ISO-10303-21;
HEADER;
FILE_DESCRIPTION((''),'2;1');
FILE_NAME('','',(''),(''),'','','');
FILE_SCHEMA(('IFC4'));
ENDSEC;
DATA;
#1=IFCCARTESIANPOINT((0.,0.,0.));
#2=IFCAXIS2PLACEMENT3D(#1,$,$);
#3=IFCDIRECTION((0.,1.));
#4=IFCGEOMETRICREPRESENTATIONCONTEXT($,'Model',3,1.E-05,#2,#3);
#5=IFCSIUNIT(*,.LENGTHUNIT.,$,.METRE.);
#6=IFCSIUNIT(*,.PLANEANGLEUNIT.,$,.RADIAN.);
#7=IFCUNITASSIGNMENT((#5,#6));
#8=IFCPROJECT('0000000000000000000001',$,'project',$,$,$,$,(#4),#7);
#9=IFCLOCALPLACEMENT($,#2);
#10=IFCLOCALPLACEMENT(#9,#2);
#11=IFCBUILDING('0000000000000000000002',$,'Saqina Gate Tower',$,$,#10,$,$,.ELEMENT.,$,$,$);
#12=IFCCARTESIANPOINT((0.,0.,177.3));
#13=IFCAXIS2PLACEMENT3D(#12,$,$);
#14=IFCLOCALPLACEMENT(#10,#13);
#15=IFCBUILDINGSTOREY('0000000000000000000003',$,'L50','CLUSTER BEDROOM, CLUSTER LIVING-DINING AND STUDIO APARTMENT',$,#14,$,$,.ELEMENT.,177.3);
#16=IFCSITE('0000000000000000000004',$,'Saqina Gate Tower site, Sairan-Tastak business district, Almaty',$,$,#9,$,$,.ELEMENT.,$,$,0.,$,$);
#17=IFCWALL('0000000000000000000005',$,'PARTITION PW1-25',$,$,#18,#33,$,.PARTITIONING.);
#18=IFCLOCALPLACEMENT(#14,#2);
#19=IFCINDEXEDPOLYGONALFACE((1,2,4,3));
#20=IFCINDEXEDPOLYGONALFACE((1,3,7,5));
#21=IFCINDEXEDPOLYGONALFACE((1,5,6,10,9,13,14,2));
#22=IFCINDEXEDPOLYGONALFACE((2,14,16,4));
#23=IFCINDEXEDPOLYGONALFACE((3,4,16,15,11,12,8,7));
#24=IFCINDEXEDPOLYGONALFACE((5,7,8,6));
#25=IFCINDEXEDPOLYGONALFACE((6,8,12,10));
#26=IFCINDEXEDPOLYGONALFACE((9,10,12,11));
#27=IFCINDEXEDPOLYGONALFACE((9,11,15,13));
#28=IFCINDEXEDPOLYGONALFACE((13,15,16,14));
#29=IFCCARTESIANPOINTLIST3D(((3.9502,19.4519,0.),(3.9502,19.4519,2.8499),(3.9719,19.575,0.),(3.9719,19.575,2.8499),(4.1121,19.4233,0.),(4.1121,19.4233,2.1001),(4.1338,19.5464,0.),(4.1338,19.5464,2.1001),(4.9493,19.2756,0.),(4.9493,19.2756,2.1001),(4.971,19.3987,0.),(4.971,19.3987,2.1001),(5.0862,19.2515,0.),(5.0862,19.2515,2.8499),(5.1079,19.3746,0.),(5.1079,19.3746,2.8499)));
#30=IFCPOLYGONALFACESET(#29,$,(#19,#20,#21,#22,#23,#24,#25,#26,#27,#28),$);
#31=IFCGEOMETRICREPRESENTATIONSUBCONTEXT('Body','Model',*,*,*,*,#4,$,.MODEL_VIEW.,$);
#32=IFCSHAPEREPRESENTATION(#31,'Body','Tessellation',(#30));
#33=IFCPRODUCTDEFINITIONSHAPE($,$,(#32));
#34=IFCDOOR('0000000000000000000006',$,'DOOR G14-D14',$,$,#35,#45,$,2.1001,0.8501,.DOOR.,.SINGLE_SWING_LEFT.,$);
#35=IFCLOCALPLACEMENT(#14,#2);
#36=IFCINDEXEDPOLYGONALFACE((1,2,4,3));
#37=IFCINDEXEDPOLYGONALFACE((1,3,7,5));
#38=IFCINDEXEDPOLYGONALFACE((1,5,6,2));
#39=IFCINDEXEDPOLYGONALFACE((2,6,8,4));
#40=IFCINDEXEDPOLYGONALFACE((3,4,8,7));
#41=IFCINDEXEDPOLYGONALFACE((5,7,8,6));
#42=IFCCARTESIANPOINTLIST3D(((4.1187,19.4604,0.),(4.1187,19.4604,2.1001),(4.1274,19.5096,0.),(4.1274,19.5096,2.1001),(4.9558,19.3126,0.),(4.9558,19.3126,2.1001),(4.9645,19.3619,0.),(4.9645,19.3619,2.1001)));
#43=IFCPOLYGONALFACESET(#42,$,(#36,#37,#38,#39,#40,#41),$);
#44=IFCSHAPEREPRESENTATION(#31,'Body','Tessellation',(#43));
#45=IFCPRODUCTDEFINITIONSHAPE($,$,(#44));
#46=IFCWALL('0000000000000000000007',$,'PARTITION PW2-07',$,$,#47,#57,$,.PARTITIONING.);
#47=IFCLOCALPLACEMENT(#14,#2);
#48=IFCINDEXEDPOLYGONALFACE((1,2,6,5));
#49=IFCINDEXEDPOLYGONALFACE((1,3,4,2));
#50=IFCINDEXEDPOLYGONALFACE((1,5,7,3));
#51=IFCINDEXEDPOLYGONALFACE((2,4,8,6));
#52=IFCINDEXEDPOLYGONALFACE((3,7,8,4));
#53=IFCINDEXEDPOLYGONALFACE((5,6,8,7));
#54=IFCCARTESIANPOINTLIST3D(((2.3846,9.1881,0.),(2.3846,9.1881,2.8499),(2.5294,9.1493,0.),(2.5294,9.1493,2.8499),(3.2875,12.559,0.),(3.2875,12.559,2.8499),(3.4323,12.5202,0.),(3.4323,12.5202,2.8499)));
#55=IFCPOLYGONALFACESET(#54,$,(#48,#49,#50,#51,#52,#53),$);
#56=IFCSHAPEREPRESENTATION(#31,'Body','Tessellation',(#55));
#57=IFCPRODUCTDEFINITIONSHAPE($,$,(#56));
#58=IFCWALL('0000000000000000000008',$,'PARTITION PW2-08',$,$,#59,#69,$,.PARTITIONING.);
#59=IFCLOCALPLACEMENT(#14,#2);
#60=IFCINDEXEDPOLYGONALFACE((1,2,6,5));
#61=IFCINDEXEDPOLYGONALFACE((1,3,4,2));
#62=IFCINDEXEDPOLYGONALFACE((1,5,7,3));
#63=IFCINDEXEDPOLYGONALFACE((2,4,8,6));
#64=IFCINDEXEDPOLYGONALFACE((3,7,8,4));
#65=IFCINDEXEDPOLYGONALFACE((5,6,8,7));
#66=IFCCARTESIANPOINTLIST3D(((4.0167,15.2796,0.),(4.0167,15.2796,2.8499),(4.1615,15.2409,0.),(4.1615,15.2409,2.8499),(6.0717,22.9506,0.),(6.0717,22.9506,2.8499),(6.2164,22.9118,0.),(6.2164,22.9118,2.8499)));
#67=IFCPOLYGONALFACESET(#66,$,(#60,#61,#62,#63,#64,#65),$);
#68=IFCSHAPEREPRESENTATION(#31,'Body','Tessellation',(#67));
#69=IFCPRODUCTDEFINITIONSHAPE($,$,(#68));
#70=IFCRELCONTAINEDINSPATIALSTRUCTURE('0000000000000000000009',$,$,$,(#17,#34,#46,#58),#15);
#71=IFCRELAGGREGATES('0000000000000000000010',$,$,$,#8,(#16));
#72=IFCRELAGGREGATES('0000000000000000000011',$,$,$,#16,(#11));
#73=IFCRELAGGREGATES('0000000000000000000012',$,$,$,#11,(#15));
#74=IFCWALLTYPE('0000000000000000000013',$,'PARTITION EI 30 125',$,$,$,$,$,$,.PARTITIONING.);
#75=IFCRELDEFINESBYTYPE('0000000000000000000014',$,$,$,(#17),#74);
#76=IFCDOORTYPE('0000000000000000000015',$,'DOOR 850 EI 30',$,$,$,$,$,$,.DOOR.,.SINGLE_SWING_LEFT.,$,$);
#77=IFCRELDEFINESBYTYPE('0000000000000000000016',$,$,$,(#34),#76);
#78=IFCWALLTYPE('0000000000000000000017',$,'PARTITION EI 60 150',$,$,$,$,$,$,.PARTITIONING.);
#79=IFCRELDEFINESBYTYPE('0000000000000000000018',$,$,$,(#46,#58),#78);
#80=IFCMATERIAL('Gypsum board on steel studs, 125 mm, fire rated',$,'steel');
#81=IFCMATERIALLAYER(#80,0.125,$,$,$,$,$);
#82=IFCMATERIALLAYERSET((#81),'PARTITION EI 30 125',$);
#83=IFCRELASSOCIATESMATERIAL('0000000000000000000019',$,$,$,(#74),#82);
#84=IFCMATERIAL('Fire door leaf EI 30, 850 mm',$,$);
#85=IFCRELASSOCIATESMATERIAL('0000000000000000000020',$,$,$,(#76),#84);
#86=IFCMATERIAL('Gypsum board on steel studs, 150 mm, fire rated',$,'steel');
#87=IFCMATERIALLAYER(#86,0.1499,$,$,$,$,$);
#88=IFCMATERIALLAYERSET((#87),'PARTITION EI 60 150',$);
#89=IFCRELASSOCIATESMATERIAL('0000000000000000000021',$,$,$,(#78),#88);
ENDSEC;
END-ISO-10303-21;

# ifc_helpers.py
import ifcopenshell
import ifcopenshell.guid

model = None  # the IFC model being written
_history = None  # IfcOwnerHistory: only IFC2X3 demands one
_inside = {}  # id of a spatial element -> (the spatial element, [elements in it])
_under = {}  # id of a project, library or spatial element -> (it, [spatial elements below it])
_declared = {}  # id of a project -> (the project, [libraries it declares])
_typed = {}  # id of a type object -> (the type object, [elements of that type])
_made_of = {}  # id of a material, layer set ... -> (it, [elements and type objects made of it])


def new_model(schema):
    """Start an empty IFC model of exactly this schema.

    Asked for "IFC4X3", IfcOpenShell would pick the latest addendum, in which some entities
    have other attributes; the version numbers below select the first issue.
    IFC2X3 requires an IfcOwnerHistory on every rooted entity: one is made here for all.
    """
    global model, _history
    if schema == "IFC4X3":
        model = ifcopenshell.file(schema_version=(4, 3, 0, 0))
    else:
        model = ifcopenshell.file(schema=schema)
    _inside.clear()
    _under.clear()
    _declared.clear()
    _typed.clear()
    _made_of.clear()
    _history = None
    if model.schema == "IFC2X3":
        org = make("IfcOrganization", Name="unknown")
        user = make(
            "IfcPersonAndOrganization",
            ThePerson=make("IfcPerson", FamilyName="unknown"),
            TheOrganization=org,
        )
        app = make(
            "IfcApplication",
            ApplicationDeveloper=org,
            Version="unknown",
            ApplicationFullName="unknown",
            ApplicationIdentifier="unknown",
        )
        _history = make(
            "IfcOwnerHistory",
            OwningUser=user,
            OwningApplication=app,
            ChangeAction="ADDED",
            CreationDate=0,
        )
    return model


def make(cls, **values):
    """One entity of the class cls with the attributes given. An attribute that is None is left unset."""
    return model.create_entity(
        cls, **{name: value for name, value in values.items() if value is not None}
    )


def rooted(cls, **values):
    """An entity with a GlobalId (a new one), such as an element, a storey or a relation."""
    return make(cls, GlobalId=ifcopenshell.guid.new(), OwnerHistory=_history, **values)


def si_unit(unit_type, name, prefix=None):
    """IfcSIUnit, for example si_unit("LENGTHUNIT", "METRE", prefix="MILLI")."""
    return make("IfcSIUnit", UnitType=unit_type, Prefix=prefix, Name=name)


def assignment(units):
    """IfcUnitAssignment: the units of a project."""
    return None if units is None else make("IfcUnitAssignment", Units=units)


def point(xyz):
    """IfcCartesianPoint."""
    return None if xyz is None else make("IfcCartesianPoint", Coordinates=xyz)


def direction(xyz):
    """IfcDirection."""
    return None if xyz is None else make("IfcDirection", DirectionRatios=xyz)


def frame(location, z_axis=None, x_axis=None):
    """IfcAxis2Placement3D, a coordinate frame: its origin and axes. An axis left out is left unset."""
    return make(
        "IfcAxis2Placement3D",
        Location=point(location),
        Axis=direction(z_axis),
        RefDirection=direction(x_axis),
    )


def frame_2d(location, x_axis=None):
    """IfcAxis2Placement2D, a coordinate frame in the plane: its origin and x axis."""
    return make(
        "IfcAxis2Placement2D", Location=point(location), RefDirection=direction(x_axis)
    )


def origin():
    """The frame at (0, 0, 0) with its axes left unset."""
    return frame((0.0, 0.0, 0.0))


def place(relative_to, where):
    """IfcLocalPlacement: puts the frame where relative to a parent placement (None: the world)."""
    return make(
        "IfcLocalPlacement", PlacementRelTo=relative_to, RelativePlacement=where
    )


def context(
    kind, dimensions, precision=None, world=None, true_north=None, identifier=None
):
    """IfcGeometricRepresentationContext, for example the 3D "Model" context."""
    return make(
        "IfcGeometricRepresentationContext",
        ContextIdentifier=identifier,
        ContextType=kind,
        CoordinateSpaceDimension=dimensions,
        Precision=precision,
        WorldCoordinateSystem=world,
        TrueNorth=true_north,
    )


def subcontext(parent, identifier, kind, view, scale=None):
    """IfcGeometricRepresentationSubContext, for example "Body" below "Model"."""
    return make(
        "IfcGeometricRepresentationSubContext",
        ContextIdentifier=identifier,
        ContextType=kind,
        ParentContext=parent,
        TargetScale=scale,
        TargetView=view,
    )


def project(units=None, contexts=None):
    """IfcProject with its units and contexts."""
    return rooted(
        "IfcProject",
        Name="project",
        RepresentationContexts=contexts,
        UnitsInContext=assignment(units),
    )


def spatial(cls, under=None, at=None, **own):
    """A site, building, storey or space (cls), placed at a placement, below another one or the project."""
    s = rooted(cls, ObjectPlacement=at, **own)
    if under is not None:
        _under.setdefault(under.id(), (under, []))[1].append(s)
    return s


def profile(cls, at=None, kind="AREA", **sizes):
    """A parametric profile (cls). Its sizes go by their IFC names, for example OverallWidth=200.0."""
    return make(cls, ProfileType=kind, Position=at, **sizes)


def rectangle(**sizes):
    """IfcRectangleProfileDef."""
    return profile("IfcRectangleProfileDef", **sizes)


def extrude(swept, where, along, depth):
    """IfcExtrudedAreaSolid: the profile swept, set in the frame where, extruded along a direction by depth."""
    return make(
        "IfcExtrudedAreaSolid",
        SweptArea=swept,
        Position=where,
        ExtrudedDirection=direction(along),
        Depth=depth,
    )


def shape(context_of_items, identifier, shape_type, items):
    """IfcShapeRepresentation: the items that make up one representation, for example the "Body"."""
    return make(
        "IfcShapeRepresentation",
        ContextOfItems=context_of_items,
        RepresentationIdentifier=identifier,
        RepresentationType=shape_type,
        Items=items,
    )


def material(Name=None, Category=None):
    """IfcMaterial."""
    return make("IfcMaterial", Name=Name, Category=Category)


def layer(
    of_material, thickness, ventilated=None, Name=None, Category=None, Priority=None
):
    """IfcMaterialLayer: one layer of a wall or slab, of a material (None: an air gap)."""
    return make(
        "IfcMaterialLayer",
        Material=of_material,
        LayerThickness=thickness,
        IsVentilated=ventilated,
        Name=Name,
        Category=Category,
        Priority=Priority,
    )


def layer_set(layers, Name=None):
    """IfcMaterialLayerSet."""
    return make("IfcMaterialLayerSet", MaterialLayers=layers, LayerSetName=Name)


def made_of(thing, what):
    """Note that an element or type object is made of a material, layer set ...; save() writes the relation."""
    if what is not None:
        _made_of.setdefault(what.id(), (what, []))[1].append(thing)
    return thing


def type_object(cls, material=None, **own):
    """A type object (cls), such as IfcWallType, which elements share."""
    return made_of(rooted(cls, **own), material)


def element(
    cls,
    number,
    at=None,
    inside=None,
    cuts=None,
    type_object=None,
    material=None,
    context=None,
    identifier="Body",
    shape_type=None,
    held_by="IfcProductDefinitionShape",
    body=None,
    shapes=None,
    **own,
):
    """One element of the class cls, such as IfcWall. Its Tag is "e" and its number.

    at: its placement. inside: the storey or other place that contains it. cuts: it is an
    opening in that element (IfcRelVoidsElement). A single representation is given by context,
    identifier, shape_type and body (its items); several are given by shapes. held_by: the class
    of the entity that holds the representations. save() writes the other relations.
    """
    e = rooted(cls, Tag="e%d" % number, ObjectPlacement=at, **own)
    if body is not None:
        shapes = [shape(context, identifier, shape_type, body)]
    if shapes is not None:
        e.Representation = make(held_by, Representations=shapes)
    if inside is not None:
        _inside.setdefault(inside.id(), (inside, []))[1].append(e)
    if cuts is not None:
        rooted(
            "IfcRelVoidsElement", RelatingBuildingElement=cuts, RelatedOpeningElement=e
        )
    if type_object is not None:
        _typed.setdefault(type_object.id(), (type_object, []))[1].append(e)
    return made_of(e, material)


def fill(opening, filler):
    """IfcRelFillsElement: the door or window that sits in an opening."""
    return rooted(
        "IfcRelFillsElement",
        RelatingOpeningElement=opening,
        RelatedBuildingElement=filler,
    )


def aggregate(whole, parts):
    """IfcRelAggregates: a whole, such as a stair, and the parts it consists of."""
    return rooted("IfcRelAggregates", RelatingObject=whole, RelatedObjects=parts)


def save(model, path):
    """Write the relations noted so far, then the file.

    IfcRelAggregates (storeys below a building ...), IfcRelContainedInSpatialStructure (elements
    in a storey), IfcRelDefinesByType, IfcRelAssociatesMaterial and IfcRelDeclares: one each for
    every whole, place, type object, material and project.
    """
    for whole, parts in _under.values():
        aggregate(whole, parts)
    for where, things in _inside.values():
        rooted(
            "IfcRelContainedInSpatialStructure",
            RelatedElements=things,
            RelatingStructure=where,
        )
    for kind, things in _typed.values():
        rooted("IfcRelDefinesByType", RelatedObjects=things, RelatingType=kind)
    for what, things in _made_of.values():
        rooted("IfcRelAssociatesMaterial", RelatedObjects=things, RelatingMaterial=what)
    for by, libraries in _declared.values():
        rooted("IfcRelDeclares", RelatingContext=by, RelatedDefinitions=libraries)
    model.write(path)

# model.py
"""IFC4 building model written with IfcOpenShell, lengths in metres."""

from ifc_helpers import new_model, si_unit, direction, frame, frame_2d, origin, place, context, subcontext, project, spatial, rectangle, extrude, material, layer, layer_set, type_object, element, fill, save


model = new_model("IFC4")

# Units and contexts
model_context = context("Model", 3, precision=1e-05, world=origin(), true_north=direction((0.0, 1.0)))
body_context = subcontext(model_context, "Body", "Model", "MODEL_VIEW")
ifc_project = project(units=[si_unit("LENGTHUNIT", "METRE"), si_unit("PLANEANGLEUNIT", "RADIAN")], contexts=[model_context])

# Site, building, storey
site_placement = place(None, origin())
site = spatial("IfcSite", under=ifc_project, at=site_placement, Name="Saqina Gate Tower site, Sairan-Tastak business district, Almaty", CompositionType="ELEMENT", RefElevation=0.0)
building_placement = place(site_placement, origin())
building = spatial("IfcBuilding", under=site, at=building_placement, Name="Saqina Gate Tower", CompositionType="ELEMENT")
storey_placement = place(building_placement, frame((0.0, 0.0, 177.3)))
storey = spatial("IfcBuildingStorey", under=building, at=storey_placement, Name="L50", Description="CLUSTER BEDROOM, CLUSTER LIVING-DINING AND STUDIO APARTMENT", CompositionType="ELEMENT", Elevation=177.3)

# Shared definitions
ifc_material_1 = material(Name="Gypsum board on steel studs, 125 mm, fire rated", Category="steel")
ifc_layer_1 = layer(ifc_material_1, 0.125)
ifc_layer_set_1 = layer_set([ifc_layer_1], Name="PARTITION EI 30 125")
wall_type_1 = type_object("IfcWallType", Name="PARTITION EI 30 125", PredefinedType="PARTITIONING", material=ifc_layer_set_1)

# Wall, opening, door
ifc_material_2 = material(Name="Fire door leaf EI 30, 850 mm")
door_type_1 = type_object("IfcDoorType", Name="DOOR 850 EI 30", OperationType="SINGLE_SWING_LEFT", PredefinedType="DOOR", material=ifc_material_2)
wall_1_placement = place(storey_placement, frame((3.9612, 19.5134, 0.0), z_axis=(0.0, 0.0, 1.0), x_axis=(0.984788, -0.173761, 0.0)))
wall_1 = element("IfcWall", 1, at=wall_1_placement, inside=storey, type_object=wall_type_1, Name="PARTITION PW1-25", PredefinedType="PARTITIONING", context=body_context, shape_type="SweptSolid", body=[
    extrude(rectangle(XDim=1.1536, YDim=0.125, at=frame_2d((0.5767, 0.0))), origin(), (0.0, 0.0, 1.0), 2.8499),
])
opening_1_placement = place(wall_1_placement, frame((0.1643, 0.0, 0.0)))
opening_1 = element("IfcOpeningElement", 2, at=opening_1_placement, cuts=wall_1, PredefinedType="OPENING", context=body_context, shape_type="SweptSolid", body=[
    extrude(rectangle(XDim=0.8501, YDim=2.1001, at=frame_2d((0.425, 1.05))), frame((0.0, 0.0745, 0.0), z_axis=(0.0, -1.0, 0.0), x_axis=(1.0, 0.0, 0.0)), (0.0, 0.0, 1.0), 0.1489),
])
door_1_placement = place(opening_1_placement, frame((0.8501, 0.0, 0.0), z_axis=(0.0, 0.0, 1.0), x_axis=(-1.0, 0.0, 0.0)))
door_1 = element("IfcDoor", 3, at=door_1_placement, inside=storey, type_object=door_type_1, Name="DOOR G14-D14", OperationType="SINGLE_SWING_LEFT", OverallHeight=2.1001, OverallWidth=0.8501, PredefinedType="DOOR", context=body_context, shape_type="SweptSolid", body=[
    extrude(rectangle(XDim=0.8501, YDim=2.1001, at=frame_2d((0.425, 1.05))), frame((0.0, 0.0249, 0.0), z_axis=(0.0, -1.0, 0.0), x_axis=(1.0, 0.0, 0.0)), (0.0, 0.0, 1.0), 0.05),
])
fill(opening_1, door_1)

# Walls
ifc_material_3 = material(Name="Gypsum board on steel studs, 150 mm, fire rated", Category="steel")
ifc_layer_2 = layer(ifc_material_3, 0.1499)
ifc_layer_set_2 = layer_set([ifc_layer_2], Name="PARTITION EI 60 150")
wall_type_2 = type_object("IfcWallType", Name="PARTITION EI 60 150", PredefinedType="PARTITIONING", material=ifc_layer_set_2)
wall_2_placement = place(storey_placement, frame((2.457, 9.1687, 0.0), z_axis=(0.0, 0.0, 1.0), x_axis=(0.258716, 0.965953, 0.0)))
element("IfcWall", 4, at=wall_2_placement, inside=storey, type_object=wall_type_2, Name="PARTITION PW2-07", PredefinedType="PARTITIONING", context=body_context, shape_type="SweptSolid", body=[
    extrude(rectangle(XDim=3.4897, YDim=0.1499, at=frame_2d((1.7449, 0.0))), origin(), (0.0, 0.0, 1.0), 2.8499),
])
wall_3_placement = place(storey_placement, frame((4.0891, 15.2603, 0.0), z_axis=(0.0, 0.0, 1.0), x_axis=(0.258763, 0.965941, 0.0)))
element("IfcWall", 5, at=wall_3_placement, inside=storey, type_object=wall_type_2, Name="PARTITION PW2-08", PredefinedType="PARTITIONING", context=body_context, shape_type="SweptSolid", body=[
    extrude(rectangle(XDim=7.9414, YDim=0.1499, at=frame_2d((3.9707, 0.0))), origin(), (0.0, 0.0, 1.0), 2.8499),
])

save(model, "model.ifc")
